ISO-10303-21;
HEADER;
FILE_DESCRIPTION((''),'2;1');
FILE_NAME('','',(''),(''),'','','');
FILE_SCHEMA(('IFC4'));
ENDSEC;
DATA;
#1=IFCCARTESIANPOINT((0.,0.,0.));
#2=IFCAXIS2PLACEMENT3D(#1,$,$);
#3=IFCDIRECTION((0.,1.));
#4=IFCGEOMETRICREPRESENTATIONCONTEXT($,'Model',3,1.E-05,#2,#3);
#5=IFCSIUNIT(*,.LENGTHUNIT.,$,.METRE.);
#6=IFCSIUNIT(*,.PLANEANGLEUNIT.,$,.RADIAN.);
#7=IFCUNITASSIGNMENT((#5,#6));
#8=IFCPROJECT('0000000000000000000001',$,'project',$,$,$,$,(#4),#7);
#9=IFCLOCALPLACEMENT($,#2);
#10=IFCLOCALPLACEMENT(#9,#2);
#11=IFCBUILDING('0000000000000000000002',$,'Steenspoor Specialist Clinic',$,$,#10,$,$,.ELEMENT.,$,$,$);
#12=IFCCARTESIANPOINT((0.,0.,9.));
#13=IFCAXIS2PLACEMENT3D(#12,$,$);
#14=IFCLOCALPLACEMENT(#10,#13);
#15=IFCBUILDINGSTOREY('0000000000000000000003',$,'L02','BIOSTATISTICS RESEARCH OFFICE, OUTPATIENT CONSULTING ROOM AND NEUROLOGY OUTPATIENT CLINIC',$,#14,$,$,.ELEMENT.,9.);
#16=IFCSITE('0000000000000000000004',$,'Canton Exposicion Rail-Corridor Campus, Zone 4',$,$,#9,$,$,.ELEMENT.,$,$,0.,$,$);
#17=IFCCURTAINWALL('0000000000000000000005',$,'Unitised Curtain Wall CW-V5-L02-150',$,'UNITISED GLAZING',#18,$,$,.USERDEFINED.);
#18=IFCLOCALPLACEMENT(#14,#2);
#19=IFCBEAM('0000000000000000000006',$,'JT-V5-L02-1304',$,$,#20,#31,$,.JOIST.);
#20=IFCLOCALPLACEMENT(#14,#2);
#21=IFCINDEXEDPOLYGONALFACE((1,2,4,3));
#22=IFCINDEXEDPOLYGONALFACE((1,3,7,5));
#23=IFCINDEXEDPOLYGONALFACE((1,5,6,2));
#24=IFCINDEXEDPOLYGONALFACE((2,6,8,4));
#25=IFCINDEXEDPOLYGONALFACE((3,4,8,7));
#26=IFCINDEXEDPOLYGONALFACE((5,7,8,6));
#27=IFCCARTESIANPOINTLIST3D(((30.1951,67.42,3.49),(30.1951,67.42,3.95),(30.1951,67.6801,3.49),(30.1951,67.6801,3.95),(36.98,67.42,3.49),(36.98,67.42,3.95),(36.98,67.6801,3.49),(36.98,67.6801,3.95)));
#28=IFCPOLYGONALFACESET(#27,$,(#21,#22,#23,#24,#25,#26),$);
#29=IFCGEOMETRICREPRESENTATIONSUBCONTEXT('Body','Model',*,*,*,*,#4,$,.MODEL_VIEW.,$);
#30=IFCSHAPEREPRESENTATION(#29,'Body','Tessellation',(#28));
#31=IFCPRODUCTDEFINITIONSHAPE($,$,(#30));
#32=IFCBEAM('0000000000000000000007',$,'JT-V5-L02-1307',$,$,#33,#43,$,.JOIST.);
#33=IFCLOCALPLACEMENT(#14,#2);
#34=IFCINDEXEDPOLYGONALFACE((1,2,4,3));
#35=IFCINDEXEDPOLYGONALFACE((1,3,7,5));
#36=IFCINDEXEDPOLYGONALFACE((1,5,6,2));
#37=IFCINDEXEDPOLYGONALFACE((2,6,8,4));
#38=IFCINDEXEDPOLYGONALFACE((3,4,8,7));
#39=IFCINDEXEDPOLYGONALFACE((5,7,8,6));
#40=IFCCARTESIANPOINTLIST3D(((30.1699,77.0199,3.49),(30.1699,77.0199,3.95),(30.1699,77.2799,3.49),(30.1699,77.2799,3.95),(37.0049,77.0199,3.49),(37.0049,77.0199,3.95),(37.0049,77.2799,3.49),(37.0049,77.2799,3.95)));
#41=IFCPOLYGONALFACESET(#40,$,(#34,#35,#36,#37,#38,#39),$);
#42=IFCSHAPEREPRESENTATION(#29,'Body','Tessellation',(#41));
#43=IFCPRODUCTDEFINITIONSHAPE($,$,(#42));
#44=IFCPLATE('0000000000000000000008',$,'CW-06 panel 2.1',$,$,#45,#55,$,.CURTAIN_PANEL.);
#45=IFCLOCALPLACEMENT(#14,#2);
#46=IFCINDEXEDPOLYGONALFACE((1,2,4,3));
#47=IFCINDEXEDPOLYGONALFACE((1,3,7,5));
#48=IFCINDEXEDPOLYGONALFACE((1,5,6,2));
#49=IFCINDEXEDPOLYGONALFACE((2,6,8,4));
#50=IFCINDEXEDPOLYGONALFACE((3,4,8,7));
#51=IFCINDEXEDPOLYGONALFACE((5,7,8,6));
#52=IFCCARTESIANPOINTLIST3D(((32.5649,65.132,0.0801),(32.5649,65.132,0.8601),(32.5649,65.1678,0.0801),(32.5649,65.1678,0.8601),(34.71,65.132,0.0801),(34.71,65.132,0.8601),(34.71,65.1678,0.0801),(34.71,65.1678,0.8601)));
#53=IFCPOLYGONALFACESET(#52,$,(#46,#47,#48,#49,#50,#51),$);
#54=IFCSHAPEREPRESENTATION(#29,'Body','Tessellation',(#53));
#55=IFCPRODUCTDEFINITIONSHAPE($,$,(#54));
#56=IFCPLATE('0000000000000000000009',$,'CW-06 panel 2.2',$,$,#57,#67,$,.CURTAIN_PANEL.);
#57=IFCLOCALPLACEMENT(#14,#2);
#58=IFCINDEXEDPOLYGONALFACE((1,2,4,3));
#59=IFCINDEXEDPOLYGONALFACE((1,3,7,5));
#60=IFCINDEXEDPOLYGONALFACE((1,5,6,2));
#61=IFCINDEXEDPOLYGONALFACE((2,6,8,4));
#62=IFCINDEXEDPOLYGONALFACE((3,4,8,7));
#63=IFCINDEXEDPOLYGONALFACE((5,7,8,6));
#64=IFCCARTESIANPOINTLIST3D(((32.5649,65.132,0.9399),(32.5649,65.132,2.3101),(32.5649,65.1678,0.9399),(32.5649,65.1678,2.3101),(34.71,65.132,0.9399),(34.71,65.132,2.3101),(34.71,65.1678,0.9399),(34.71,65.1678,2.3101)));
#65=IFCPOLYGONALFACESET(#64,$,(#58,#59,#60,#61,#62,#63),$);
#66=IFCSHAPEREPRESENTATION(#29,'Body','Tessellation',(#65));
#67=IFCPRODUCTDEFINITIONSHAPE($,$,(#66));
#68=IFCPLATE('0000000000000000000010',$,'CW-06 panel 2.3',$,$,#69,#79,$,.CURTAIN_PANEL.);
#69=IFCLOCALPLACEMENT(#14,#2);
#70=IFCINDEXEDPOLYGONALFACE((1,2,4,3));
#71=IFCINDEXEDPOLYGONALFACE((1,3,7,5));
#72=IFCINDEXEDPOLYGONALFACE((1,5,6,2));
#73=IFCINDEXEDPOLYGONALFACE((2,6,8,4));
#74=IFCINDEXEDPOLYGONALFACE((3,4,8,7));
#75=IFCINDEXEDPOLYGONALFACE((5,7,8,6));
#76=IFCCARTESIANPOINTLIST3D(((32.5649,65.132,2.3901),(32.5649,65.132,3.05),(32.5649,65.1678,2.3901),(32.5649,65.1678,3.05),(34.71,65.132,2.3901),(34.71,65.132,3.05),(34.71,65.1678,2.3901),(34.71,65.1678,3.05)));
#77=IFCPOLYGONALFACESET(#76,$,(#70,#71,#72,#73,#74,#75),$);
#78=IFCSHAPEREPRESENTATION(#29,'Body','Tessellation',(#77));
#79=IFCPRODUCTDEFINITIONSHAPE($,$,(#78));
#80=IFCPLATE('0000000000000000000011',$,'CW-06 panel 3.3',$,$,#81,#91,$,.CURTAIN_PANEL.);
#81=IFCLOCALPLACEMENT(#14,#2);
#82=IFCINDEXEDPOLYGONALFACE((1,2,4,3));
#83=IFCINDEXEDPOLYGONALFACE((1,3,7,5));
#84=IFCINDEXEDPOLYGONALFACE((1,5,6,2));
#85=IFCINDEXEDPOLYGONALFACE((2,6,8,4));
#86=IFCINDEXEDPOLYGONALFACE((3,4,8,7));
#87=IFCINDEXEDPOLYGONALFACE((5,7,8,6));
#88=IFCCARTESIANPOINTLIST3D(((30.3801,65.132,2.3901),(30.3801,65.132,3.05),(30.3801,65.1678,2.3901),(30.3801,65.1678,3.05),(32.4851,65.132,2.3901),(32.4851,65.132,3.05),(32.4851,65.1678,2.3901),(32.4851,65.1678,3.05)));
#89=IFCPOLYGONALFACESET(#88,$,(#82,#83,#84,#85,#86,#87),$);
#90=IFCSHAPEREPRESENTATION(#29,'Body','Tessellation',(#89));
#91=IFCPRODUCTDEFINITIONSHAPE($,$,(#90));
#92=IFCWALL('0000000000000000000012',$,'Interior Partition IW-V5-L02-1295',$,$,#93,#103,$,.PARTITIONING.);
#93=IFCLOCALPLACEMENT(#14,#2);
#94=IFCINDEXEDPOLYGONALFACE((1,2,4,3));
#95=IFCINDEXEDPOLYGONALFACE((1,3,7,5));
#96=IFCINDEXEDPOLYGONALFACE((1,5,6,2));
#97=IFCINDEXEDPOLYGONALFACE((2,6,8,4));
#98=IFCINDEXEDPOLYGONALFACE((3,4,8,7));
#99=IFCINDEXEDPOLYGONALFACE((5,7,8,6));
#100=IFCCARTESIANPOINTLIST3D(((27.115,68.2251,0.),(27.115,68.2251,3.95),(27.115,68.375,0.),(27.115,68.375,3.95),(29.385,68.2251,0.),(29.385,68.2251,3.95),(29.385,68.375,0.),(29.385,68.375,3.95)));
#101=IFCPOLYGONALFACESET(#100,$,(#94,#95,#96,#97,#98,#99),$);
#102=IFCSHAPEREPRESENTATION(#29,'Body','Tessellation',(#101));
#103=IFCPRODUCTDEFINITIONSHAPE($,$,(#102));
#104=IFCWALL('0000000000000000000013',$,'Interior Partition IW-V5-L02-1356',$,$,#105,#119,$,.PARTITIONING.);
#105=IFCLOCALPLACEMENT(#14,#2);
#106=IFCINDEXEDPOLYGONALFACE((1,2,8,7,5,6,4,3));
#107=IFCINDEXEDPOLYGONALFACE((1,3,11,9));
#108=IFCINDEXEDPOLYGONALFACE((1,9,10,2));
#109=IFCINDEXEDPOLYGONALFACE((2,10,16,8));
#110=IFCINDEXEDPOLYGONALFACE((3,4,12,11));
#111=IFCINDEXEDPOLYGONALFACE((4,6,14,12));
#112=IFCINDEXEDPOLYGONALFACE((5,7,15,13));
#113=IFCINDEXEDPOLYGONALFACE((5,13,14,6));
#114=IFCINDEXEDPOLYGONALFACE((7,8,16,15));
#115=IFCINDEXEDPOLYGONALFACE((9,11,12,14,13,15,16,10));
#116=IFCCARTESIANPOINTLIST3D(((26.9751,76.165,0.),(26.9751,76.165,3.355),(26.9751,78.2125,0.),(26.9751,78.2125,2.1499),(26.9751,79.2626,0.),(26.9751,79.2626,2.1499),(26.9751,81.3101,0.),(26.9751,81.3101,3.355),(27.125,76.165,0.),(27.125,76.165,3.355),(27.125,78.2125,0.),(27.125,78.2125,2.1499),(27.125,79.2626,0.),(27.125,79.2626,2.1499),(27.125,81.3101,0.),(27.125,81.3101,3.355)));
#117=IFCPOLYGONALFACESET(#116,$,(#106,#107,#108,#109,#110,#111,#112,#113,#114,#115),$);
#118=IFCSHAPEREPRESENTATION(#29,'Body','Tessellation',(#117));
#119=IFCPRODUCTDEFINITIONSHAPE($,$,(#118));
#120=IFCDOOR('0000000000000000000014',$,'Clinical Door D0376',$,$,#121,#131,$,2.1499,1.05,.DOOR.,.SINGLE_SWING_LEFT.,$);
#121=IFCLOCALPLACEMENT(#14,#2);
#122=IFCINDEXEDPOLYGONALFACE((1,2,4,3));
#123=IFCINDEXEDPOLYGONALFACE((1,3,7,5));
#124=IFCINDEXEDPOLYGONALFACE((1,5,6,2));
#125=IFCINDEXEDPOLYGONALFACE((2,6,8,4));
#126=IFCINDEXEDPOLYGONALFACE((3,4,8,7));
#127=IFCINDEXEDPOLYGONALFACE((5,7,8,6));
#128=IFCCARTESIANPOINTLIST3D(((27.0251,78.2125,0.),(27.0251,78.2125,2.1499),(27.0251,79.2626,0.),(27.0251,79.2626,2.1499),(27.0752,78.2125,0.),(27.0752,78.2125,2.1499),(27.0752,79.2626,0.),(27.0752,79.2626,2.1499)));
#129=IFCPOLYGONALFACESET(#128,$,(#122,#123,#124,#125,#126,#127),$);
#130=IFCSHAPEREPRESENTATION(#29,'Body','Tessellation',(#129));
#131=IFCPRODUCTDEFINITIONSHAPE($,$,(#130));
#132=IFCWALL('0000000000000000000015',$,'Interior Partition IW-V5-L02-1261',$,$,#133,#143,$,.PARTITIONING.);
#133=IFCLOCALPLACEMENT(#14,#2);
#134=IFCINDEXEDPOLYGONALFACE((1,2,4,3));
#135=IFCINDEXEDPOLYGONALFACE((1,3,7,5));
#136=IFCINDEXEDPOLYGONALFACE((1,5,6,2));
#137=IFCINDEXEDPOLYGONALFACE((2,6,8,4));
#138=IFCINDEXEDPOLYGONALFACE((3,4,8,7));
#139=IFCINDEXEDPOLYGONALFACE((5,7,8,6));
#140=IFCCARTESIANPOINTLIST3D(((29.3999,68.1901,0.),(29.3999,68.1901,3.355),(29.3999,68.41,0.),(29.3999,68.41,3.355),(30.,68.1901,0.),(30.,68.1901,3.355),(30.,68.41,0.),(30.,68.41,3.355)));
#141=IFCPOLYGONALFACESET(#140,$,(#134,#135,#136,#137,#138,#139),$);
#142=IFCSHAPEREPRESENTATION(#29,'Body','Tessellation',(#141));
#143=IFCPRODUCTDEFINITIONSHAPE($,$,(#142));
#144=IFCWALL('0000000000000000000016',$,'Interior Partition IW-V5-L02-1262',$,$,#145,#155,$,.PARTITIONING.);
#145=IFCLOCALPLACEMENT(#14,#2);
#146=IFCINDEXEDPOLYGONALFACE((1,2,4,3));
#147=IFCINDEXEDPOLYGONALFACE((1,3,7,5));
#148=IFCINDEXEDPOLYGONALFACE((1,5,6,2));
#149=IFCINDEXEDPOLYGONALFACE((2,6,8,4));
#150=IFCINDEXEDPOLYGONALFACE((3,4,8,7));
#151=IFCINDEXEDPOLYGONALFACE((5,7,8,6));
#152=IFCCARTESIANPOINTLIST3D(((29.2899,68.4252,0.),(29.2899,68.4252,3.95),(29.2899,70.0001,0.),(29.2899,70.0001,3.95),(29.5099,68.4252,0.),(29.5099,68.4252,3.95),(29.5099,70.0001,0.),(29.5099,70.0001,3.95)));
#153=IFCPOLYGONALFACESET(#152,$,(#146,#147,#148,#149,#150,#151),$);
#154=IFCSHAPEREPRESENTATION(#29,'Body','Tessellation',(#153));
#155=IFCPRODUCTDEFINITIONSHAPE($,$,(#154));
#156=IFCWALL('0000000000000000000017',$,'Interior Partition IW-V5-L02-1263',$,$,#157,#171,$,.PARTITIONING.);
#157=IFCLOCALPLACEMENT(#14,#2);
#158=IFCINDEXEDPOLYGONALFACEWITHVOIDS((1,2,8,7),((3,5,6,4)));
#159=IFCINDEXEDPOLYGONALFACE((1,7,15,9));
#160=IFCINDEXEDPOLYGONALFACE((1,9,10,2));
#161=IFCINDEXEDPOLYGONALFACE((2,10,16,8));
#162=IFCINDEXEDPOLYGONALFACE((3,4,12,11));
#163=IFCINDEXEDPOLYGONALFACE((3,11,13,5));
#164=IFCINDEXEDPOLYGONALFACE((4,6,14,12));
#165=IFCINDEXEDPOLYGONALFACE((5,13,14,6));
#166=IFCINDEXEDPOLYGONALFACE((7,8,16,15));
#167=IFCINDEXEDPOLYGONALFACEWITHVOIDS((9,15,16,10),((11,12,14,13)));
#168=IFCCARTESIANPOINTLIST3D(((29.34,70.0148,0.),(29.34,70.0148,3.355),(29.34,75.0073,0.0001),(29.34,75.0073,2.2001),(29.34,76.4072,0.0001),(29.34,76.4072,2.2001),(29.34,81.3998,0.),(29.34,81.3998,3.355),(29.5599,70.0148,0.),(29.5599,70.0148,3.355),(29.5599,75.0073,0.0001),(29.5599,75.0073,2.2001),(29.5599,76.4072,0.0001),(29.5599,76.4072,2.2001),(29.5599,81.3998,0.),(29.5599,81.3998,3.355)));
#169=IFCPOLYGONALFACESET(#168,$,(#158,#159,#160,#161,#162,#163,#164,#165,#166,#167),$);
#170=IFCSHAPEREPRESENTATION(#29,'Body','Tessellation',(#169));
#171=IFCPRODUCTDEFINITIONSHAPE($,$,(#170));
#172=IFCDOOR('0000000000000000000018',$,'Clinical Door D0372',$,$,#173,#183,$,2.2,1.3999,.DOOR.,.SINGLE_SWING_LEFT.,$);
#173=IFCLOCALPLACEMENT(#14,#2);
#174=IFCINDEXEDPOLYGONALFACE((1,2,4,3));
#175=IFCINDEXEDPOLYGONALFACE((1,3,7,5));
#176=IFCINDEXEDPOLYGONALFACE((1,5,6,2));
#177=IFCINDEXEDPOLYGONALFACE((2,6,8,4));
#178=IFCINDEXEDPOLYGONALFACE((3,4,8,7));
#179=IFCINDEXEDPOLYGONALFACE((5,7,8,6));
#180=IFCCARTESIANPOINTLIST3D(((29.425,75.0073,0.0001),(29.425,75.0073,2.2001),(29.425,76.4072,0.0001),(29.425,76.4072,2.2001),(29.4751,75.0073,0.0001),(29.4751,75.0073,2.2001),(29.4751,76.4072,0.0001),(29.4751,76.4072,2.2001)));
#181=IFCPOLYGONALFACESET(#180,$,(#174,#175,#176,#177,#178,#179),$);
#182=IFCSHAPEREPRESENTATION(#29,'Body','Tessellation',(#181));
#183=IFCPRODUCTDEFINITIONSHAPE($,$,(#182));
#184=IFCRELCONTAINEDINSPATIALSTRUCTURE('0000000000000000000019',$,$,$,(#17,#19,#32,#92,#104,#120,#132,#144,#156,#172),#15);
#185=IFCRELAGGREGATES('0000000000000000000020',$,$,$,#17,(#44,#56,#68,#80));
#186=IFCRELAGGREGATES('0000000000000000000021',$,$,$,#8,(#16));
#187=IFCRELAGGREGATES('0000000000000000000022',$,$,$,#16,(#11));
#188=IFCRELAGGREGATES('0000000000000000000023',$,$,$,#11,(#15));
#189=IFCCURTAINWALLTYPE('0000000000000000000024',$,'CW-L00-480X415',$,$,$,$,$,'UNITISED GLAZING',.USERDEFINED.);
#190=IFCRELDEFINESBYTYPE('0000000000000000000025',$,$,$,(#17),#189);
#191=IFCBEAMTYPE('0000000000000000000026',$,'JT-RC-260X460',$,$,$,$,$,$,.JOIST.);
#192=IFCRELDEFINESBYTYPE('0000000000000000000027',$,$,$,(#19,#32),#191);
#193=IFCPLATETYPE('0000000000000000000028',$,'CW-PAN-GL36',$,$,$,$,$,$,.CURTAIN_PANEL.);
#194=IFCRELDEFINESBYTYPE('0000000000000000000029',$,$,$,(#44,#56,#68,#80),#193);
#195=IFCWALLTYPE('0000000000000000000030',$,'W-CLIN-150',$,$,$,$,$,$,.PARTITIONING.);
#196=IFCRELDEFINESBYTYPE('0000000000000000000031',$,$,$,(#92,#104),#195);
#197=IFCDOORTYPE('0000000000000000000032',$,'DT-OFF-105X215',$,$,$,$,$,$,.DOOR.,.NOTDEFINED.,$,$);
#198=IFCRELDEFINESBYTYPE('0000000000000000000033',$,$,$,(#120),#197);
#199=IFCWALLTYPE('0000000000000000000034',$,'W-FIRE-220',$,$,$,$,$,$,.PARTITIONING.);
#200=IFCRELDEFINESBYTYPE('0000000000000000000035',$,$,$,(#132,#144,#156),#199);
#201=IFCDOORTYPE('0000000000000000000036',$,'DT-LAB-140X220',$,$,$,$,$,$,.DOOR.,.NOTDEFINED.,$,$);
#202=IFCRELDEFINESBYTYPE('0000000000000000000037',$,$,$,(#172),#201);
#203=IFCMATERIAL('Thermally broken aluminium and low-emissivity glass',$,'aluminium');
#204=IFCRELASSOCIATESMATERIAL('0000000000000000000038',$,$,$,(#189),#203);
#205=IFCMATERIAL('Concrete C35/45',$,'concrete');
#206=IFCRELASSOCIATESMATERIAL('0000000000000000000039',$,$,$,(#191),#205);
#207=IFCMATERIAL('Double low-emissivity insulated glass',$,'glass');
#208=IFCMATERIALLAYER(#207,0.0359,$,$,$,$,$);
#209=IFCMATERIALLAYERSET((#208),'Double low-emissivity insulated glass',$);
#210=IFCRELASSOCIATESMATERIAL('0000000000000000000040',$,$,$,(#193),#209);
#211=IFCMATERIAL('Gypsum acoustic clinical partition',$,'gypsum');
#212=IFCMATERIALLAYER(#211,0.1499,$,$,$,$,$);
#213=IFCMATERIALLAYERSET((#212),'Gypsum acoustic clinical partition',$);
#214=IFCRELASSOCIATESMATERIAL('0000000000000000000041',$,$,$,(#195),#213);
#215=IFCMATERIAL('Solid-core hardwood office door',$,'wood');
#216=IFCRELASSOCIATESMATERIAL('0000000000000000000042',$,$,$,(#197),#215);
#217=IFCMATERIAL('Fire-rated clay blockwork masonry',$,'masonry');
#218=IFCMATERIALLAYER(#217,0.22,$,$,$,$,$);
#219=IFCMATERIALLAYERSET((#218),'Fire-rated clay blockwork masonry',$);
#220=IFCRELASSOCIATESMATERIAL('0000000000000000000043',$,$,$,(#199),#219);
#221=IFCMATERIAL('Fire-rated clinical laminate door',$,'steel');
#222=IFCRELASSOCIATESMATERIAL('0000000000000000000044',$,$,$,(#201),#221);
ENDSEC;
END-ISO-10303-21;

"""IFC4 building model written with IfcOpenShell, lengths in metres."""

from ifc_helpers import new_model, si_unit, direction, frame, frame_2d, origin, origin_2d, place, context, subcontext, project, spatial, rectangle, extrude, material, layer, layer_set, material_profile, profile_set, type_object, element, fill, aggregate, save


model = new_model("IFC4")

# Units and contexts
model_context = context("Model", 3, precision=1e-05, world=origin(), true_north=direction((0.0, 1.0)))
body_context = subcontext(model_context, "Body", "Model", "MODEL_VIEW")
ifc_project = project(units=[si_unit("LENGTHUNIT", "METRE"), si_unit("PLANEANGLEUNIT", "RADIAN")], contexts=[model_context])

# Site, building, storey
site_placement = place(None, origin())
site = spatial("IfcSite", under=ifc_project, at=site_placement, Name="Canton Exposicion Rail-Corridor Campus, Zone 4", CompositionType="ELEMENT", RefElevation=0.0)
building_placement = place(site_placement, origin())
building = spatial("IfcBuilding", under=site, at=building_placement, Name="Steenspoor Specialist Clinic", CompositionType="ELEMENT")
storey_placement = place(building_placement, frame((0.0, 0.0, 9.0)))
storey = spatial("IfcBuildingStorey", under=building, at=storey_placement, Name="L02", Description="BIOSTATISTICS RESEARCH OFFICE, OUTPATIENT CONSULTING ROOM AND NEUROLOGY OUTPATIENT CLINIC", CompositionType="ELEMENT", Elevation=9.0)

# Shared definitions
ifc_material_1 = material(Name="Concrete C35/45", Category="concrete")

# Curtain wall
ifc_material_2 = material(Name="Thermally broken aluminium and low-emissivity glass", Category="aluminium")
curtain_wall_type = type_object("IfcCurtainWallType", Name="CW-L00-480X415", ElementType="UNITISED GLAZING", PredefinedType="USERDEFINED", material=ifc_material_2)
curtain_wall_placement = place(storey_placement, origin())
curtain_wall = element("IfcCurtainWall", 1, at=curtain_wall_placement, inside=storey, type_object=curtain_wall_type, Name="Unitised Curtain Wall CW-V5-L02-150", ObjectType="UNITISED GLAZING", PredefinedType="USERDEFINED")

# Beams
ifc_material_profile_1 = material_profile(ifc_material_1, rectangle(XDim=0.26, YDim=0.46, at=origin_2d()), Name="RC-JT-260X460")
ifc_profile_set_1 = profile_set([ifc_material_profile_1], Name="Concrete C35/45")
beam_type_1 = type_object("IfcBeamType", Name="JT-RC-260X460", PredefinedType="JOIST", material=ifc_profile_set_1)
beam_1_placement = place(storey_placement, frame((30.1951, 67.55, 3.72), z_axis=(1.0, 0.0, 0.0), x_axis=(0.0, 1.0, 0.0)))
element("IfcBeam", 2, at=beam_1_placement, inside=storey, type_object=beam_type_1, Name="JT-V5-L02-1304", PredefinedType="JOIST", context=body_context, shape_type="SweptSolid", body=[
    extrude(rectangle(XDim=0.26, YDim=0.46, at=origin_2d()), origin(), (0.0, 0.0, 1.0), 6.7849),
])
beam_2_placement = place(storey_placement, frame((30.1699, 77.1499, 3.72), z_axis=(1.0, 0.0, 0.0), x_axis=(0.0, 1.0, 0.0)))
element("IfcBeam", 3, at=beam_2_placement, inside=storey, type_object=beam_type_1, Name="JT-V5-L02-1307", PredefinedType="JOIST", context=body_context, shape_type="SweptSolid", body=[
    extrude(rectangle(XDim=0.26, YDim=0.46, at=origin_2d()), origin(), (0.0, 0.0, 1.0), 6.835),
])

# Plates
ifc_material_3 = material(Name="Double low-emissivity insulated glass", Category="glass")
ifc_layer_1 = layer(ifc_material_3, 0.0359)
ifc_layer_set_1 = layer_set([ifc_layer_1], Name="Double low-emissivity insulated glass")
plate_type = type_object("IfcPlateType", Name="CW-PAN-GL36", PredefinedType="CURTAIN_PANEL", material=ifc_layer_set_1)
plate_1_placement = place(storey_placement, frame((33.6375, 65.1499, 0.0801), z_axis=(0.0, 0.0, 1.0), x_axis=(-1.0, 0.0, 0.0)))
plate_1 = element("IfcPlate", 4, at=plate_1_placement, type_object=plate_type, Name="CW-06 panel 2.1", PredefinedType="CURTAIN_PANEL", context=body_context, shape_type="SweptSolid", body=[
    extrude(rectangle(XDim=2.145, YDim=0.0359, at=origin_2d()), origin(), (0.0, 0.0, 1.0), 0.78),
])
plate_2_placement = place(storey_placement, frame((33.6375, 65.1499, 0.9399), z_axis=(0.0, 0.0, 1.0), x_axis=(-1.0, 0.0, 0.0)))
plate_2 = element("IfcPlate", 5, at=plate_2_placement, type_object=plate_type, Name="CW-06 panel 2.2", PredefinedType="CURTAIN_PANEL", context=body_context, shape_type="SweptSolid", body=[
    extrude(rectangle(XDim=2.145, YDim=0.0359, at=origin_2d()), origin(), (0.0, 0.0, 1.0), 1.3701),
])
plate_3_placement = place(storey_placement, frame((33.6375, 65.1499, 2.3901), z_axis=(0.0, 0.0, 1.0), x_axis=(-1.0, 0.0, 0.0)))
plate_3 = element("IfcPlate", 6, at=plate_3_placement, type_object=plate_type, Name="CW-06 panel 2.3", PredefinedType="CURTAIN_PANEL", context=body_context, shape_type="SweptSolid", body=[
    extrude(rectangle(XDim=2.145, YDim=0.0359, at=origin_2d()), origin(), (0.0, 0.0, 1.0), 0.6599),
])
plate_4_placement = place(storey_placement, frame((31.4326, 65.1499, 2.3901), z_axis=(0.0, 0.0, 1.0), x_axis=(-1.0, 0.0, 0.0)))
plate_4 = element("IfcPlate", 7, at=plate_4_placement, type_object=plate_type, Name="CW-06 panel 3.3", PredefinedType="CURTAIN_PANEL", context=body_context, shape_type="SweptSolid", body=[
    extrude(rectangle(XDim=2.105, YDim=0.0359, at=origin_2d()), origin(), (0.0, 0.0, 1.0), 0.6599),
])
aggregate(curtain_wall, [plate_1, plate_2, plate_3, plate_4])

# Wall
ifc_material_4 = material(Name="Gypsum acoustic clinical partition", Category="gypsum")
ifc_layer_2 = layer(ifc_material_4, 0.1499)
ifc_layer_set_2 = layer_set([ifc_layer_2], Name="Gypsum acoustic clinical partition")
wall_type_1 = type_object("IfcWallType", Name="W-CLIN-150", PredefinedType="PARTITIONING", material=ifc_layer_set_2)
wall_1_placement = place(storey_placement, frame((27.115, 68.3, 0.0), z_axis=(0.0, 0.0, 1.0), x_axis=(1.0, 0.0, 0.0)))
element("IfcWall", 8, at=wall_1_placement, inside=storey, type_object=wall_type_1, Name="Interior Partition IW-V5-L02-1295", PredefinedType="PARTITIONING", context=body_context, shape_type="SweptSolid", body=[
    extrude(rectangle(XDim=2.27, YDim=0.1499, at=frame_2d((1.135, 0.0))), origin(), (0.0, 0.0, 1.0), 3.95),
])

# Wall, opening, door
wall_2_placement = place(storey_placement, frame((27.05, 76.165, 0.0), z_axis=(0.0, 0.0, 1.0), x_axis=(0.0, 1.0, 0.0)))
wall_2 = element("IfcWall", 9, at=wall_2_placement, inside=storey, type_object=wall_type_1, Name="Interior Partition IW-V5-L02-1356", PredefinedType="PARTITIONING", context=body_context, shape_type="SweptSolid", body=[
    extrude(rectangle(XDim=5.145, YDim=0.1499, at=frame_2d((2.5725, 0.0))), origin(), (0.0, 0.0, 1.0), 3.355),
])
opening_1_placement = place(wall_2_placement, frame((2.0476, 0.0, 0.0)))
opening_1 = element("IfcOpeningElement", 10, at=opening_1_placement, cuts=wall_2, PredefinedType="OPENING", context=body_context, shape_type="SweptSolid", body=[
    extrude(rectangle(XDim=1.05, YDim=2.1499, at=frame_2d((0.5249, 1.075))), frame((0.0, 0.085, 0.0), z_axis=(0.0, -1.0, 0.0), x_axis=(1.0, 0.0, 0.0)), (0.0, 0.0, 1.0), 0.1699),
])
ifc_material_5 = material(Name="Solid-core hardwood office door", Category="wood")
door_type_1 = type_object("IfcDoorType", Name="DT-OFF-105X215", OperationType="NOTDEFINED", PredefinedType="DOOR", material=ifc_material_5)
door_1_placement = place(opening_1_placement, origin())
door_1 = element("IfcDoor", 11, at=door_1_placement, inside=storey, type_object=door_type_1, Name="Clinical Door D0376", OperationType="SINGLE_SWING_LEFT", OverallHeight=2.1499, OverallWidth=1.05, PredefinedType="DOOR", context=body_context, shape_type="SweptSolid", body=[
    extrude(rectangle(XDim=1.05, YDim=2.1499, at=frame_2d((0.5249, 1.075))), frame((0.0, 0.0249, 0.0), z_axis=(0.0, -1.0, 0.0), x_axis=(1.0, 0.0, 0.0)), (0.0, 0.0, 1.0), 0.05),
])
fill(opening_1, door_1)

# Walls
ifc_material_6 = material(Name="Fire-rated clay blockwork masonry", Category="masonry")
ifc_layer_3 = layer(ifc_material_6, 0.22)
ifc_layer_set_3 = layer_set([ifc_layer_3], Name="Fire-rated clay blockwork masonry")
wall_type_2 = type_object("IfcWallType", Name="W-FIRE-220", PredefinedType="PARTITIONING", material=ifc_layer_set_3)
wall_3_placement = place(storey_placement, frame((29.3999, 68.3, 0.0), z_axis=(0.0, 0.0, 1.0), x_axis=(1.0, 0.0, 0.0)))
element("IfcWall", 12, at=wall_3_placement, inside=storey, type_object=wall_type_2, Name="Interior Partition IW-V5-L02-1261", PredefinedType="PARTITIONING", context=body_context, shape_type="SweptSolid", body=[
    extrude(rectangle(XDim=0.6001, YDim=0.22, at=frame_2d((0.3, 0.0))), origin(), (0.0, 0.0, 1.0), 3.355),
])
wall_4_placement = place(storey_placement, frame((29.3999, 68.425, 0.0), z_axis=(0.0, 0.0, 1.0), x_axis=(0.0, 1.0, 0.0)))
element("IfcWall", 13, at=wall_4_placement, inside=storey, type_object=wall_type_2, Name="Interior Partition IW-V5-L02-1262", PredefinedType="PARTITIONING", context=body_context, shape_type="SweptSolid", body=[
    extrude(rectangle(XDim=1.575, YDim=0.22, at=frame_2d((0.7876, 0.0))), origin(), (0.0, 0.0, 1.0), 3.95),
])

# Wall, opening, door
wall_5_placement = place(storey_placement, frame((29.45, 70.0149, 0.0), z_axis=(0.0, 0.0, 1.0), x_axis=(0.0, 1.0, 0.0)))
wall_5 = element("IfcWall", 14, at=wall_5_placement, inside=storey, type_object=wall_type_2, Name="Interior Partition IW-V5-L02-1263", PredefinedType="PARTITIONING", context=body_context, shape_type="SweptSolid", body=[
    extrude(rectangle(XDim=11.385, YDim=0.22, at=frame_2d((5.6924, 0.0))), origin(), (0.0, 0.0, 1.0), 3.355),
])
opening_2_placement = place(wall_5_placement, frame((4.9924, 0.0, 0.0)))
opening_2 = element("IfcOpeningElement", 15, at=opening_2_placement, cuts=wall_5, PredefinedType="OPENING", context=body_context, shape_type="SweptSolid", body=[
    extrude(rectangle(XDim=1.3999, YDim=2.2, at=frame_2d((0.7, 1.1001))), frame((0.0, 0.1201, 0.0), z_axis=(0.0, -1.0, 0.0), x_axis=(1.0, 0.0, 0.0)), (0.0, 0.0, 1.0), 0.24),
])
ifc_material_7 = material(Name="Fire-rated clinical laminate door", Category="steel")
door_type_2 = type_object("IfcDoorType", Name="DT-LAB-140X220", OperationType="NOTDEFINED", PredefinedType="DOOR", material=ifc_material_7)
door_2_placement = place(opening_2_placement, origin())
door_2 = element("IfcDoor", 16, at=door_2_placement, inside=storey, type_object=door_type_2, Name="Clinical Door D0372", OperationType="SINGLE_SWING_LEFT", OverallHeight=2.2, OverallWidth=1.3999, PredefinedType="DOOR", context=body_context, shape_type="SweptSolid", body=[
    extrude(rectangle(XDim=1.3999, YDim=2.2, at=frame_2d((0.7, 1.1001))), frame((0.0, 0.0249, 0.0), z_axis=(0.0, -1.0, 0.0), x_axis=(1.0, 0.0, 0.0)), (0.0, 0.0, 1.0), 0.05),
])
fill(opening_2, door_2)

save(model, "model.ifc")
